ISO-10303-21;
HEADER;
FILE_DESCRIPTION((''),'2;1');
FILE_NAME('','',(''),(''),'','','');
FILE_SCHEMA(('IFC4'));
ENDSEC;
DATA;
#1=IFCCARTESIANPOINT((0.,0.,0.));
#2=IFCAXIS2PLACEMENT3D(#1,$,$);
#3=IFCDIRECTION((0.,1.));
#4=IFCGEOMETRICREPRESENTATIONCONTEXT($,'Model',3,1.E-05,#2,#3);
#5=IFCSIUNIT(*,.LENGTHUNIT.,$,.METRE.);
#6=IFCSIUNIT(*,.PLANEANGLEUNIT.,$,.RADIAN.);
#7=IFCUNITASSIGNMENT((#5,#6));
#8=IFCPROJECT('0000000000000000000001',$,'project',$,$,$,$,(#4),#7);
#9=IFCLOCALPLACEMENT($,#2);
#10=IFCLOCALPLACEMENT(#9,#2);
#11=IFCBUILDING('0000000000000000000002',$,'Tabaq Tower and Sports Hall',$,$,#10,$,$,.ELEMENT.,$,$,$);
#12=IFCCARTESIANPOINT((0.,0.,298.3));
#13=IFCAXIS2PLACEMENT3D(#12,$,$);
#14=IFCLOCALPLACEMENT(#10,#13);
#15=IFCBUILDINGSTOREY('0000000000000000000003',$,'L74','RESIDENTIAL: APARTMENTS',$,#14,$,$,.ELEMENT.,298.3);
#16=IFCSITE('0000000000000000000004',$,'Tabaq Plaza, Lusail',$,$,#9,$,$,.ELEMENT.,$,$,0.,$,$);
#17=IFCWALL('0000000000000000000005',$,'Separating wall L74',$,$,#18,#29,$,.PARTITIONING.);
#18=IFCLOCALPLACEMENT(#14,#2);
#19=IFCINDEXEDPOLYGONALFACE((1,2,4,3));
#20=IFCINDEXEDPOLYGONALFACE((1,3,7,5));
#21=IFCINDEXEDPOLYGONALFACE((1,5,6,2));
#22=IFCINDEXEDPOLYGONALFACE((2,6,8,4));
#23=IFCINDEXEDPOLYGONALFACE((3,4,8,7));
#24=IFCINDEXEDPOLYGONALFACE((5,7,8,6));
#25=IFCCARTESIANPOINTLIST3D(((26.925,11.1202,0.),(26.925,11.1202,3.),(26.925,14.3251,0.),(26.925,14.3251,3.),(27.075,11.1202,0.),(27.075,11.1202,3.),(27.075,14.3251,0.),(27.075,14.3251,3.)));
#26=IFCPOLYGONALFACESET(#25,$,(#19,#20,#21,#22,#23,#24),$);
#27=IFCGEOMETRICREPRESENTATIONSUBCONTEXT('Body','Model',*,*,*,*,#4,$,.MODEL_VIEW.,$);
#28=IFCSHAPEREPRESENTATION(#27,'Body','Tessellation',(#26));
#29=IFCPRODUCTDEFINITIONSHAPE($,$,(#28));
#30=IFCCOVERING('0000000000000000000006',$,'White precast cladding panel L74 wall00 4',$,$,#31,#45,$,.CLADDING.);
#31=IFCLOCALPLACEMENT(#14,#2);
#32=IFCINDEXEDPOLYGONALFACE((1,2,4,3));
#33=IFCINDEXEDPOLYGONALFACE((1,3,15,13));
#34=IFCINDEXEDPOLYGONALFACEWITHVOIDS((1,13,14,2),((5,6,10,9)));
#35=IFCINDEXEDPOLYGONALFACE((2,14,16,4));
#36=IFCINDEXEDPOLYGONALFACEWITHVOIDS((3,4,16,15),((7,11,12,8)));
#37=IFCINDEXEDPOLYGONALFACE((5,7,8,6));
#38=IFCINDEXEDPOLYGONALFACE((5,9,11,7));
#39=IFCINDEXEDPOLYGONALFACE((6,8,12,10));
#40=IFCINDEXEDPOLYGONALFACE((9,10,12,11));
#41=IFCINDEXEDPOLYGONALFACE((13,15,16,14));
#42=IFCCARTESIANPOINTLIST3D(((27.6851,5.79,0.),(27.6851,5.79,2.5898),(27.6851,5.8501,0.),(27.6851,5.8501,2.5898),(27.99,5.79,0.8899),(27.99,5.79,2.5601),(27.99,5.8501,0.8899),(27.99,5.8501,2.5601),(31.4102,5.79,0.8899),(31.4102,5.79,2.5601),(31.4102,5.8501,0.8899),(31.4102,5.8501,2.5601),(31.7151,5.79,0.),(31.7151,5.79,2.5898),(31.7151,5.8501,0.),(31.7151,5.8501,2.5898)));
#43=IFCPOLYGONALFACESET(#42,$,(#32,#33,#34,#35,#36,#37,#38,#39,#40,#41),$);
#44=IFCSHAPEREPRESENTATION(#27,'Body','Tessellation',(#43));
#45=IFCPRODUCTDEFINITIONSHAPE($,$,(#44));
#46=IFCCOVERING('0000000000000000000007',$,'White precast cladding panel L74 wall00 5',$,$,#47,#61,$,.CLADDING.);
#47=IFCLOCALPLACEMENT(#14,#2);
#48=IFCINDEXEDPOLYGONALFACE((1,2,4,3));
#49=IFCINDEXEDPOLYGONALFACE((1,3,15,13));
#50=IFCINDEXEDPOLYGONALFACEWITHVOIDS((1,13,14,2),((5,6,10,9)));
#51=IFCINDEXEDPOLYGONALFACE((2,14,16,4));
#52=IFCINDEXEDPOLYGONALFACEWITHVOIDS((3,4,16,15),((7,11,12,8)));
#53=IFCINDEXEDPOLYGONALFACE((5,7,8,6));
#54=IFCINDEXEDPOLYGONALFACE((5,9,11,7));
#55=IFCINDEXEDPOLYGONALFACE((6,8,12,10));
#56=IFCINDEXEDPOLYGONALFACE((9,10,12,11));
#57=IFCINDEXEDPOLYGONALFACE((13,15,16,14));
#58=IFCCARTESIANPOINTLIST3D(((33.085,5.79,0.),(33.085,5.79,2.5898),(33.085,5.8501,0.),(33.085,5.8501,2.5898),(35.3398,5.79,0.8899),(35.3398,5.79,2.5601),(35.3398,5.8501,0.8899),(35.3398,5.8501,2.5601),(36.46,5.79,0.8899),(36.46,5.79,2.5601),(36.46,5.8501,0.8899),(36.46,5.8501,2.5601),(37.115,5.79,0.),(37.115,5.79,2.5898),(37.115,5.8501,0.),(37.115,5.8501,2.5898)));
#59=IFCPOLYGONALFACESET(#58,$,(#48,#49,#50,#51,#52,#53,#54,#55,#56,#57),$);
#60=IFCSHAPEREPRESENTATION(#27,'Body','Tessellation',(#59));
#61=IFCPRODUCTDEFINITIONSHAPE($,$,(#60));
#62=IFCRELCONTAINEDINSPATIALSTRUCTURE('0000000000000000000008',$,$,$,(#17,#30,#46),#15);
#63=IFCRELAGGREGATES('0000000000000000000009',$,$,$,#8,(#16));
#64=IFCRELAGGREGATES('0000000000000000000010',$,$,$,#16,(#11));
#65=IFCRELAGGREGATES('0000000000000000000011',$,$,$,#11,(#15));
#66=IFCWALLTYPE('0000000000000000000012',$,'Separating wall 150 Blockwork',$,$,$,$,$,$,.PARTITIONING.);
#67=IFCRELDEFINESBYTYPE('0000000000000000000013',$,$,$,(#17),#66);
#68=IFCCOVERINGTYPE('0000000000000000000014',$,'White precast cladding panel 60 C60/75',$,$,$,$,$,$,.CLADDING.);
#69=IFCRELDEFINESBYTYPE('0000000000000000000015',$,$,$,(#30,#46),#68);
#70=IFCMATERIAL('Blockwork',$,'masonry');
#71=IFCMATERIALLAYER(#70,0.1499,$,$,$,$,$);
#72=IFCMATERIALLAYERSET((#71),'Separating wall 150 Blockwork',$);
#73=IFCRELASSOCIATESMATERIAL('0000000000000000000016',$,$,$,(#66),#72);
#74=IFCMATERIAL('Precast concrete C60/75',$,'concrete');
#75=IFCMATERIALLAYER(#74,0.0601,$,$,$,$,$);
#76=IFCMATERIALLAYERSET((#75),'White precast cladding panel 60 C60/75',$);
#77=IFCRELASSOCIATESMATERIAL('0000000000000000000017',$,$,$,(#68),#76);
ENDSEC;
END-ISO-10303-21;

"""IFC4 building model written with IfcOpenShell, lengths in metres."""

from ifc_helpers import new_model, si_unit, direction, frame, frame_2d, origin, place, context, subcontext, project, spatial, polyline, rectangle, outline, extrude, material, layer, layer_set, type_object, element, save


model = new_model("IFC4")

# Units and contexts
model_context = context("Model", 3, precision=1e-05, world=origin(), true_north=direction((0.0, 1.0)))
body_context = subcontext(model_context, "Body", "Model", "MODEL_VIEW")
ifc_project = project(units=[si_unit("LENGTHUNIT", "METRE"), si_unit("PLANEANGLEUNIT", "RADIAN")], contexts=[model_context])

# Site, building, storey
site_placement = place(None, origin())
site = spatial("IfcSite", under=ifc_project, at=site_placement, Name="Tabaq Plaza, Lusail", CompositionType="ELEMENT", RefElevation=0.0)
building_placement = place(site_placement, origin())
building = spatial("IfcBuilding", under=site, at=building_placement, Name="Tabaq Tower and Sports Hall", CompositionType="ELEMENT")
storey_placement = place(building_placement, frame((0.0, 0.0, 298.3)))
storey = spatial("IfcBuildingStorey", under=building, at=storey_placement, Name="L74", Description="RESIDENTIAL: APARTMENTS", CompositionType="ELEMENT", Elevation=298.3)

# Wall
ifc_material_1 = material(Name="Blockwork", Category="masonry")
ifc_layer_1 = layer(ifc_material_1, 0.1499)
ifc_layer_set_1 = layer_set([ifc_layer_1], Name="Separating wall 150 Blockwork")
wall_type_1 = type_object("IfcWallType", Name="Separating wall 150 Blockwork", PredefinedType="PARTITIONING", material=ifc_layer_set_1)
wall_1_placement = place(storey_placement, frame((27.0, 11.1201, 0.0), z_axis=(0.0, 0.0, 1.0), x_axis=(0.0, 1.0, 0.0)))
element("IfcWall", 1, at=wall_1_placement, inside=storey, type_object=wall_type_1, Name="Separating wall L74", PredefinedType="PARTITIONING", context=body_context, shape_type="SweptSolid", body=[
    extrude(rectangle(XDim=3.2048, YDim=0.1499, at=frame_2d((1.6025, 0.0))), origin(), (0.0, 0.0, 1.0), 3.0),
])

# Coverings
ifc_material_2 = material(Name="Precast concrete C60/75", Category="concrete")
ifc_layer_2 = layer(ifc_material_2, 0.0601)
ifc_layer_set_2 = layer_set([ifc_layer_2], Name="White precast cladding panel 60 C60/75")
covering_type = type_object("IfcCoveringType", Name="White precast cladding panel 60 C60/75", PredefinedType="CLADDING", material=ifc_layer_set_2)
covering_1_placement = place(storey_placement, frame((27.6851, 5.8201, 0.0), z_axis=(0.0, 0.0, 1.0), x_axis=(1.0, 0.0, 0.0)))
element("IfcCovering", 2, at=covering_1_placement, inside=storey, type_object=covering_type, Name="White precast cladding panel L74 wall00 4", PredefinedType="CLADDING", context=body_context, shape_type="SweptSolid", body=[
    extrude(outline(polyline([(0.0, 0.0), (4.03, 0.0), (4.03, 2.5898), (0.0, 2.5898), (0.0, 0.0)]), holes=[polyline([(3.7251, 0.8899), (0.3049, 0.8899), (0.3049, 2.5601), (3.7251, 2.5601), (3.7251, 0.8899)])]), frame((0.0, 0.03, 0.0), z_axis=(0.0, -1.0, 0.0), x_axis=(1.0, 0.0, 0.0)), (0.0, 0.0, 1.0), 0.0601),
])
covering_2_placement = place(storey_placement, frame((33.085, 5.8201, 0.0), z_axis=(0.0, 0.0, 1.0), x_axis=(1.0, 0.0, 0.0)))
element("IfcCovering", 3, at=covering_2_placement, inside=storey, type_object=covering_type, Name="White precast cladding panel L74 wall00 5", PredefinedType="CLADDING", context=body_context, shape_type="SweptSolid", body=[
    extrude(outline(polyline([(0.0, 0.0), (4.03, 0.0), (4.03, 2.5898), (0.0, 2.5898), (0.0, 0.0)]), holes=[polyline([(3.375, 0.8899), (2.2549, 0.8899), (2.2549, 2.5601), (3.375, 2.5601), (3.375, 0.8899)])]), frame((0.0, 0.03, 0.0), z_axis=(0.0, -1.0, 0.0), x_axis=(1.0, 0.0, 0.0)), (0.0, 0.0, 1.0), 0.0601),
])

save(model, "model.ifc")
